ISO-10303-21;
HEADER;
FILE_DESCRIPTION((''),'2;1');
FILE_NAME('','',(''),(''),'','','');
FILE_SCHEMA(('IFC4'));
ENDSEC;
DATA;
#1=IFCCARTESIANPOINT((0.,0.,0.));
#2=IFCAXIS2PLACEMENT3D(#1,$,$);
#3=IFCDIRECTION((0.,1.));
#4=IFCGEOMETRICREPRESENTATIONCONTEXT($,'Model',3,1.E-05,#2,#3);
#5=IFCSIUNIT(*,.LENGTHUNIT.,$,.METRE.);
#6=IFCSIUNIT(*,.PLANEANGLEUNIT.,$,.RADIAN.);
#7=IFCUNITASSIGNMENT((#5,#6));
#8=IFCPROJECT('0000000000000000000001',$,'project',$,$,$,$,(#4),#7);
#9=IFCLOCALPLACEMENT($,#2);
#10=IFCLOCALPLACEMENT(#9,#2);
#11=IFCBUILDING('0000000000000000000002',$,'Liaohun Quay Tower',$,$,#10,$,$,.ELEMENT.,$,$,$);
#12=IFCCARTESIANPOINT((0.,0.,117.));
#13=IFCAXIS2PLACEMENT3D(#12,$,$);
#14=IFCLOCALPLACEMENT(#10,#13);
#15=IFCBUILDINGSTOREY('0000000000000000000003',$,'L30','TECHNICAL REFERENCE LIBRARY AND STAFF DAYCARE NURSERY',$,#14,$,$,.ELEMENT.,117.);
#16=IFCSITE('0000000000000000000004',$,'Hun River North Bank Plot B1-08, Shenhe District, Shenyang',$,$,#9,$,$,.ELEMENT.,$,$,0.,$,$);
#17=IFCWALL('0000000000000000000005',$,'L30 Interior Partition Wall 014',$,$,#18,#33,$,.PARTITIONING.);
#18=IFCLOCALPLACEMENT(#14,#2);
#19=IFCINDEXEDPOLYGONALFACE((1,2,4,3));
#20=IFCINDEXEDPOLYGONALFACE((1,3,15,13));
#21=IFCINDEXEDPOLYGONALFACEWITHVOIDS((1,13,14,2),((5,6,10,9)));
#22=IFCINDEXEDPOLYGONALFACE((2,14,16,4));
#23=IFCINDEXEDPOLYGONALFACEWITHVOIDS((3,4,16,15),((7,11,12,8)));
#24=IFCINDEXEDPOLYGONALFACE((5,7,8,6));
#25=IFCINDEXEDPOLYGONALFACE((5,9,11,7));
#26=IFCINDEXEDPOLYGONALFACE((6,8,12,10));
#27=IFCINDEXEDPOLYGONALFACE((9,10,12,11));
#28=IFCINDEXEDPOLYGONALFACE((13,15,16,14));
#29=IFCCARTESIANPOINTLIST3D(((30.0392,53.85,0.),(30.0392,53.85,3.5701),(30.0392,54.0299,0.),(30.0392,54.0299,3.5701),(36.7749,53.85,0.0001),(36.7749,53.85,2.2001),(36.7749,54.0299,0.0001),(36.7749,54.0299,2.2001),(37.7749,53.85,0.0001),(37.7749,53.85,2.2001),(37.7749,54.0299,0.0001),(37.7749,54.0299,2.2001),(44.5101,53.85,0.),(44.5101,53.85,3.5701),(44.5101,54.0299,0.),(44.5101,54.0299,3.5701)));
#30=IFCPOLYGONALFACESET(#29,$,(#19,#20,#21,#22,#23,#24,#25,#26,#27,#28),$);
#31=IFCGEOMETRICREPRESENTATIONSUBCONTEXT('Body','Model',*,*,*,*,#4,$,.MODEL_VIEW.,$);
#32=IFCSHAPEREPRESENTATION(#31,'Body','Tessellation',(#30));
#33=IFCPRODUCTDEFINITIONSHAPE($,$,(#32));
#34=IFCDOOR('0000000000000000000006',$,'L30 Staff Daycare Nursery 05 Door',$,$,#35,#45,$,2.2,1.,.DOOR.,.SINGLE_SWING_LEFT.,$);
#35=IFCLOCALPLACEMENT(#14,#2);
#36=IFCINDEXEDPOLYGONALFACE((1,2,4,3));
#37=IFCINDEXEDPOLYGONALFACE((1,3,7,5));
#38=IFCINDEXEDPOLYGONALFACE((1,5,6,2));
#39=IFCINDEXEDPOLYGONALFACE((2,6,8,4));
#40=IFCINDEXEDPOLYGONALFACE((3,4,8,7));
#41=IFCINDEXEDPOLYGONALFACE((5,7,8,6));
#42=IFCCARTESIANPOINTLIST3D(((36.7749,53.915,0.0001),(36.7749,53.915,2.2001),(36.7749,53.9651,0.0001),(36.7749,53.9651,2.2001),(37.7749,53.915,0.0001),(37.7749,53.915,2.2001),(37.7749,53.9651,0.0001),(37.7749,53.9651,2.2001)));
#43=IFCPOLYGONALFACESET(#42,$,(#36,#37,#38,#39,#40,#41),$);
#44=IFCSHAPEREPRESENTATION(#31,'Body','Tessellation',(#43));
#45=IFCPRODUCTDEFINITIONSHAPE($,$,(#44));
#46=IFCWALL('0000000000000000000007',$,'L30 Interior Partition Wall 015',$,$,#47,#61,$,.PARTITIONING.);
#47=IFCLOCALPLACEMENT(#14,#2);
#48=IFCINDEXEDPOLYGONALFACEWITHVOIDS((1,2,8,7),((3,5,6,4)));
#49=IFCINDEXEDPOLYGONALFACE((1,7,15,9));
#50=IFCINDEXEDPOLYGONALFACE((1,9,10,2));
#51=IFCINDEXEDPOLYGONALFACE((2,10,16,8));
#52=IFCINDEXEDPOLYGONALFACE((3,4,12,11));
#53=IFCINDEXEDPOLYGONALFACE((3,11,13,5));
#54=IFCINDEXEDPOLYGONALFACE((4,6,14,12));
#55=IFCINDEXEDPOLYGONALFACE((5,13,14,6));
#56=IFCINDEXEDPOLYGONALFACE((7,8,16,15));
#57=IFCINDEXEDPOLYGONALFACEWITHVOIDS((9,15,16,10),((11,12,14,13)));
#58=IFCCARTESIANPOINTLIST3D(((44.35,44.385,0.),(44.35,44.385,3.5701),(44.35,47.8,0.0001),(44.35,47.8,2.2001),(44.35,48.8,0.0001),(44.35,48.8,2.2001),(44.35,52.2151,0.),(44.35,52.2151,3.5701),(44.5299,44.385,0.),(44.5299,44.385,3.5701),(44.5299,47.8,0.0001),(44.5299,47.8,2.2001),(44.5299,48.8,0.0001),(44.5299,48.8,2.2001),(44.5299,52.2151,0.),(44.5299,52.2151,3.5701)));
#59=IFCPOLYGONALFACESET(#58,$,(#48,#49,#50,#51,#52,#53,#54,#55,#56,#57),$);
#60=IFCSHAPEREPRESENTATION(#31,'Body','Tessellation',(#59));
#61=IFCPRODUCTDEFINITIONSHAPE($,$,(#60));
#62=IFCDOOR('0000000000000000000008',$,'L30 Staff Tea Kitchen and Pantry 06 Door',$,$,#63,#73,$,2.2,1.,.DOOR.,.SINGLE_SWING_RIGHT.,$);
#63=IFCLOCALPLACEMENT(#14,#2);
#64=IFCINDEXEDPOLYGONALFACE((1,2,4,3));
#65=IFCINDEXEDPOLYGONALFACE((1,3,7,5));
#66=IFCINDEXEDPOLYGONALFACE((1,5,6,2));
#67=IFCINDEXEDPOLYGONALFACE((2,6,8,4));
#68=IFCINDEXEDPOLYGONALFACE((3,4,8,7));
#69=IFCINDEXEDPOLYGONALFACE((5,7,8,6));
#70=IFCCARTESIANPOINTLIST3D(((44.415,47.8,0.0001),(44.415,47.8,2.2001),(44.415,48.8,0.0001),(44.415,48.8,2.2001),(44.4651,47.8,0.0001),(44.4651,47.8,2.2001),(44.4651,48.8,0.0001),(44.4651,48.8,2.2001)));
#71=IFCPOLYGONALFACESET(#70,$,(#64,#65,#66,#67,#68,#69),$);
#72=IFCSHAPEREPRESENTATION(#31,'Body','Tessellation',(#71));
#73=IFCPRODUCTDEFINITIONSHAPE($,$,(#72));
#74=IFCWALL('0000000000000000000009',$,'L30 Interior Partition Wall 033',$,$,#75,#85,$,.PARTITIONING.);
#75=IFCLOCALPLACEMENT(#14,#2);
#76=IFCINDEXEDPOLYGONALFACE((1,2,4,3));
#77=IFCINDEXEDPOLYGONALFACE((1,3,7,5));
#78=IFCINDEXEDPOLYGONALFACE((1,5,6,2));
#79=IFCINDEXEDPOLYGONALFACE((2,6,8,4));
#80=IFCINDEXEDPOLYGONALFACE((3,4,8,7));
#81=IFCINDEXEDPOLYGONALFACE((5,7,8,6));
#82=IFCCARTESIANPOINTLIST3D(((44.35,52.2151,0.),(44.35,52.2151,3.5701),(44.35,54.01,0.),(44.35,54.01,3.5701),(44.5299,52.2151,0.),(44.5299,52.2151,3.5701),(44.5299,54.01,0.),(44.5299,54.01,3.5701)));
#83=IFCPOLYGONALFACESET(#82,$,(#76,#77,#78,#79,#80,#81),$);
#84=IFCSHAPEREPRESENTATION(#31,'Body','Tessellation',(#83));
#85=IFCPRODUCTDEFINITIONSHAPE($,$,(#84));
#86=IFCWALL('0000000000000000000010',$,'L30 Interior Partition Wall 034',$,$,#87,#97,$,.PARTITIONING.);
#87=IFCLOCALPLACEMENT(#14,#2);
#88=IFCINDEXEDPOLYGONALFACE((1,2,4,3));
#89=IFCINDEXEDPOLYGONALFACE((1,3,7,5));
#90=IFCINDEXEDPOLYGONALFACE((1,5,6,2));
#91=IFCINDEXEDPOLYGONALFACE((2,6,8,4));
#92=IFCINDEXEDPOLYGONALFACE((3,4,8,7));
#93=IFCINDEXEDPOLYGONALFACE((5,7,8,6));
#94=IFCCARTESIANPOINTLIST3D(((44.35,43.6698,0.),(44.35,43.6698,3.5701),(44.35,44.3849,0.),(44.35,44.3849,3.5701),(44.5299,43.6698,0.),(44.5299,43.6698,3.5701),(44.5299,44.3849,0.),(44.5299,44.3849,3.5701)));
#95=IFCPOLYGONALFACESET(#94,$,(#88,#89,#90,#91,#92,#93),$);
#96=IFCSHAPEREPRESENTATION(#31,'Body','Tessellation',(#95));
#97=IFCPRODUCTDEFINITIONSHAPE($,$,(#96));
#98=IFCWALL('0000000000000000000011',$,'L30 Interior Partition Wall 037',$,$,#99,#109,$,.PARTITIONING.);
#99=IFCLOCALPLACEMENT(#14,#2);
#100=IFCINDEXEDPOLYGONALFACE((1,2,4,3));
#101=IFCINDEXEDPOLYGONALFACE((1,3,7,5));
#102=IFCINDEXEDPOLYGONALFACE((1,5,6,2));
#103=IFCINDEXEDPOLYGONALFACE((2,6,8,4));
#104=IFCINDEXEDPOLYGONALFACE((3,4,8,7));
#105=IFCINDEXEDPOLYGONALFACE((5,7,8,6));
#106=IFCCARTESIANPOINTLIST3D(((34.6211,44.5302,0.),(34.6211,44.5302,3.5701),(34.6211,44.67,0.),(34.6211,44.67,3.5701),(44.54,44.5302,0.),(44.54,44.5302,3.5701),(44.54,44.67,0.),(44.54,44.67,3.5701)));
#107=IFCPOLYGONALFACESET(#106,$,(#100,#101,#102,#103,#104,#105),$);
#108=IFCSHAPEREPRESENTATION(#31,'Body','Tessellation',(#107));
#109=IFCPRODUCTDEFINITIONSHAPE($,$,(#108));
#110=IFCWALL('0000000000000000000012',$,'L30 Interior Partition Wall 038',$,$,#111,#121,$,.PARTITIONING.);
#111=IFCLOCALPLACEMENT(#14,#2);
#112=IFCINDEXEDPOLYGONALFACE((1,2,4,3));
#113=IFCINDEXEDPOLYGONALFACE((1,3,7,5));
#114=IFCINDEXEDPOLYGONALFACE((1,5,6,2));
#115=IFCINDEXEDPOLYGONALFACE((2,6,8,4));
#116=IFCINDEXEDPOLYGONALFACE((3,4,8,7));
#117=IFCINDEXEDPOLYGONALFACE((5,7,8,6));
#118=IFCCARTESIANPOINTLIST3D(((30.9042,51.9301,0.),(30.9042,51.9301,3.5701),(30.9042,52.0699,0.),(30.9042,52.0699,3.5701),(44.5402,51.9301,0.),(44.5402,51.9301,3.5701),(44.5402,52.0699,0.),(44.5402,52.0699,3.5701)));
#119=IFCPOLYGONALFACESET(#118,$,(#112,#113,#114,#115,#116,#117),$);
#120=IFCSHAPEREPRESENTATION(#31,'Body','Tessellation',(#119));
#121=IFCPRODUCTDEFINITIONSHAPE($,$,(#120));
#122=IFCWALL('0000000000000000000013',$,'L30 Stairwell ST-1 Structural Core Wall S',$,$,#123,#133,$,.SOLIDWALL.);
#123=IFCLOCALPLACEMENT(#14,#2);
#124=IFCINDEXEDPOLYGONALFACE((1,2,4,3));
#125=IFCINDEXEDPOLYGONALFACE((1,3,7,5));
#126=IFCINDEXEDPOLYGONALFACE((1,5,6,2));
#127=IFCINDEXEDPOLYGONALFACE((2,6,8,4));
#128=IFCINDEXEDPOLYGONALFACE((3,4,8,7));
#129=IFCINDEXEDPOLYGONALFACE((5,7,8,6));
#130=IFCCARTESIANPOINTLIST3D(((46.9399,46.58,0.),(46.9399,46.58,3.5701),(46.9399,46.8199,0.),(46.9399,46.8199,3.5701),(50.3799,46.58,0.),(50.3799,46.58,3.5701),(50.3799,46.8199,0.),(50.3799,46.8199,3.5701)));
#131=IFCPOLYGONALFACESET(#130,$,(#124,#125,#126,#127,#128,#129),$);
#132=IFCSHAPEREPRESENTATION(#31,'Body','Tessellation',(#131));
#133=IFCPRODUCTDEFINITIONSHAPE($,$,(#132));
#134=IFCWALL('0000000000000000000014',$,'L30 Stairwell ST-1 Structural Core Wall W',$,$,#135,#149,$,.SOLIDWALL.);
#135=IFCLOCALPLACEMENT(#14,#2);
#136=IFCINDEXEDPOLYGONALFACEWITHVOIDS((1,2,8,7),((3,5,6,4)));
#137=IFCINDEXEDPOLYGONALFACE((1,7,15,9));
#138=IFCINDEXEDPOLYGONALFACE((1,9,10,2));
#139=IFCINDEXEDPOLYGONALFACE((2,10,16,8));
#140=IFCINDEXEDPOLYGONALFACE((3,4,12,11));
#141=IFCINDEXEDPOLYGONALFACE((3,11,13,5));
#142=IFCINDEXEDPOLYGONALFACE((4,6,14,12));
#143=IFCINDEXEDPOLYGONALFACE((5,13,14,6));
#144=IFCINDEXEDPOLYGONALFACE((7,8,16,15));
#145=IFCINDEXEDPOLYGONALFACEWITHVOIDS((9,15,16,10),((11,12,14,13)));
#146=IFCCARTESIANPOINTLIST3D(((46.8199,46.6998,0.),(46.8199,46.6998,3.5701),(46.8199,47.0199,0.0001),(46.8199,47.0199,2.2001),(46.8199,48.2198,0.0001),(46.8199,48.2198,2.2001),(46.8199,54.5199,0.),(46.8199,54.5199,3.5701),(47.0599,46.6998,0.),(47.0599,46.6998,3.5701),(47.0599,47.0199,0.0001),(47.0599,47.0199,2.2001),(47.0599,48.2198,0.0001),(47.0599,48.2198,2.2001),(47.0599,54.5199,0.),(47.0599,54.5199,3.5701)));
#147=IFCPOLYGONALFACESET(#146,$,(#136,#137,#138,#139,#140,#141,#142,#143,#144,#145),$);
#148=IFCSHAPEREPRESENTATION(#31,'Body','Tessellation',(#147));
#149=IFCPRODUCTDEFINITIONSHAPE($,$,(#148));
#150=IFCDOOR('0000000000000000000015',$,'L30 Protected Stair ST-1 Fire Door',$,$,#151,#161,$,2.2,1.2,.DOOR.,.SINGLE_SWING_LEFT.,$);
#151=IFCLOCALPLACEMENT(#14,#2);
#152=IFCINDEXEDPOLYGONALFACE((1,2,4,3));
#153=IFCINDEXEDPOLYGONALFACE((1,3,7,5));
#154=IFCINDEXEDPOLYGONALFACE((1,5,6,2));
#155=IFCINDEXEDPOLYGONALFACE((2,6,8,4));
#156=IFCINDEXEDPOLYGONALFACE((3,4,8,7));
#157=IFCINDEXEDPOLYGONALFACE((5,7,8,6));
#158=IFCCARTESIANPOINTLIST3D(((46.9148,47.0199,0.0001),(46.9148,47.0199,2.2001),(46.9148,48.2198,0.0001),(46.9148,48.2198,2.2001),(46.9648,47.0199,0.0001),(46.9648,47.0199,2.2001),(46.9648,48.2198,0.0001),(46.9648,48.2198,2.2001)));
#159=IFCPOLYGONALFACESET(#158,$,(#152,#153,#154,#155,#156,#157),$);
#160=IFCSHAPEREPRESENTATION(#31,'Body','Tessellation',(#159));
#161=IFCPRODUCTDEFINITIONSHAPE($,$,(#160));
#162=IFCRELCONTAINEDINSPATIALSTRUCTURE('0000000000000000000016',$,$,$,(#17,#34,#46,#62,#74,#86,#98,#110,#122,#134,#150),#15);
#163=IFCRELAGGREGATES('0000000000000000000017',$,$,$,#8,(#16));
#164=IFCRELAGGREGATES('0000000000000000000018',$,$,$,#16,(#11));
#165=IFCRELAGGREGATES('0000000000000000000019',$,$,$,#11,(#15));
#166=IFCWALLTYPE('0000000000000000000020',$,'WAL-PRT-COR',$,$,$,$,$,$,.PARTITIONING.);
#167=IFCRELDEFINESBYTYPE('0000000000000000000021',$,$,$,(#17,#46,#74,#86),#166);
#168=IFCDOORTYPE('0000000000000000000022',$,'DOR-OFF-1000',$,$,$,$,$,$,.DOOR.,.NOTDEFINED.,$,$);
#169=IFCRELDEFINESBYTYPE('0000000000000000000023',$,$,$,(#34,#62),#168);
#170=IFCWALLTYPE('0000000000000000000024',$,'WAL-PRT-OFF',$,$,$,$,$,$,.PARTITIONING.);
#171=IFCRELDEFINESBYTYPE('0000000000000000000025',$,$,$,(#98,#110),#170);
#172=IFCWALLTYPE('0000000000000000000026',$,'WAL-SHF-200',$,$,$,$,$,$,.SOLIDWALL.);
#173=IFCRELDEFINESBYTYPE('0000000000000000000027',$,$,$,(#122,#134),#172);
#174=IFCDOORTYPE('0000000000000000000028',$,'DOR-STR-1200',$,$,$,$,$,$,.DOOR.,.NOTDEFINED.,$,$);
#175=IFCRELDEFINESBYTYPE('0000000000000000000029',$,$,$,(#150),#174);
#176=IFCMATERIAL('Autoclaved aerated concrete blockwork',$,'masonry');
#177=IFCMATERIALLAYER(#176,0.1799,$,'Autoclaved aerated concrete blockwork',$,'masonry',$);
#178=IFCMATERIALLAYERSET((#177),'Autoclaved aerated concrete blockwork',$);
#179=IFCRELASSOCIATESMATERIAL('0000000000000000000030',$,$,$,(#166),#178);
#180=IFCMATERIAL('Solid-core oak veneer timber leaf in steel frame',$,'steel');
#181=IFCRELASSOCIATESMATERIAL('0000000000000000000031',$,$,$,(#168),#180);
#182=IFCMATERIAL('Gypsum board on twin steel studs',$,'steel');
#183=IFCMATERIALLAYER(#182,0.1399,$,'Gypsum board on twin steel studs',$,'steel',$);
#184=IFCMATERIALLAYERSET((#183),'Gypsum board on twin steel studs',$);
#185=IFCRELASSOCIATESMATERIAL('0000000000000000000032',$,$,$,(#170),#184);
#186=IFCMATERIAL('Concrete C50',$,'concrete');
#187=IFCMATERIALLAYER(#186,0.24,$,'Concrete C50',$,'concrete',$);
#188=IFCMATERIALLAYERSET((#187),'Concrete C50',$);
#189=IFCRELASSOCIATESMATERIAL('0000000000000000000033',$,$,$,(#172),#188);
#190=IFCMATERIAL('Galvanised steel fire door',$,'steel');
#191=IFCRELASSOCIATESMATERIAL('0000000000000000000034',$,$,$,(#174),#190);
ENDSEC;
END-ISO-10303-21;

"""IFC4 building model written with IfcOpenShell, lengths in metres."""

from ifc_helpers import new_model, si_unit, direction, frame, frame_2d, origin, place, context, subcontext, project, spatial, rectangle, extrude, source, transform, mapped, material, layer, layer_set, type_object, element, fill, save


model = new_model("IFC4")

# Units and contexts
model_context = context("Model", 3, precision=1e-05, world=origin(), true_north=direction((0.0, 1.0)))
body_context = subcontext(model_context, "Body", "Model", "MODEL_VIEW")
ifc_project = project(units=[si_unit("LENGTHUNIT", "METRE"), si_unit("PLANEANGLEUNIT", "RADIAN")], contexts=[model_context])

# Site, building, storey
site_placement = place(None, origin())
site = spatial("IfcSite", under=ifc_project, at=site_placement, Name="Hun River North Bank Plot B1-08, Shenhe District, Shenyang", CompositionType="ELEMENT", RefElevation=0.0)
building_placement = place(site_placement, origin())
building = spatial("IfcBuilding", under=site, at=building_placement, Name="Liaohun Quay Tower", CompositionType="ELEMENT")
storey_placement = place(building_placement, frame((0.0, 0.0, 117.0)))
storey = spatial("IfcBuildingStorey", under=building, at=storey_placement, Name="L30", Description="TECHNICAL REFERENCE LIBRARY AND STAFF DAYCARE NURSERY", CompositionType="ELEMENT", Elevation=117.0)

# Walls, openings, doors
ifc_material_1 = material(Name="Autoclaved aerated concrete blockwork", Category="masonry")
ifc_layer_1 = layer(ifc_material_1, 0.1799, Name="Autoclaved aerated concrete blockwork", Category="masonry")
ifc_layer_set_1 = layer_set([ifc_layer_1], Name="Autoclaved aerated concrete blockwork")
wall_type_1 = type_object("IfcWallType", Name="WAL-PRT-COR", PredefinedType="PARTITIONING", material=ifc_layer_set_1)
wall_1_placement = place(storey_placement, frame((44.51, 53.9399, 0.0), z_axis=(0.0, 0.0, 1.0), x_axis=(-1.0, 0.0, 0.0)))
wall_1 = element("IfcWall", 1, at=wall_1_placement, inside=storey, type_object=wall_type_1, Name="L30 Interior Partition Wall 014", PredefinedType="PARTITIONING", context=body_context, shape_type="SweptSolid", body=[
    extrude(rectangle(XDim=14.4709, YDim=0.1799, at=frame_2d((7.2354, 0.0))), origin(), (0.0, 0.0, 1.0), 3.5701),
])
shared_shape_1 = source(origin(), body_context, "Body", "SweptSolid", [
    extrude(rectangle(XDim=1.0, YDim=2.2, at=frame_2d((0.5, 1.1001))), frame((0.0, 0.0999, 0.0), z_axis=(0.0, -1.0, 0.0), x_axis=(1.0, 0.0, 0.0)), (0.0, 0.0, 1.0), 0.2),
])
opening_1_placement = place(wall_1_placement, frame((6.7351, 0.0, 0.0)))
opening_1 = element("IfcOpeningElement", 2, at=opening_1_placement, cuts=wall_1, PredefinedType="OPENING", context=body_context, shape_type="MappedRepresentation", body=[
    mapped(shared_shape_1, transform((0.0, 0.0, 0.0), x_axis=(1.0, 0.0, 0.0), y_axis=(0.0, 1.0, 0.0), z_axis=(0.0, 0.0, 1.0), scale=1.0)),
])
ifc_material_2 = material(Name="Solid-core oak veneer timber leaf in steel frame", Category="steel")
door_type_1 = type_object("IfcDoorType", Name="DOR-OFF-1000", OperationType="NOTDEFINED", PredefinedType="DOOR", material=ifc_material_2)
shared_shape_2 = source(origin(), body_context, "Body", "SweptSolid", [
    extrude(rectangle(XDim=1.0, YDim=2.2, at=frame_2d((0.5, 1.1001))), frame((0.0, 0.0249, 0.0), z_axis=(0.0, -1.0, 0.0), x_axis=(1.0, 0.0, 0.0)), (0.0, 0.0, 1.0), 0.05),
])
door_1_placement = place(opening_1_placement, origin())
door_1 = element("IfcDoor", 3, at=door_1_placement, inside=storey, type_object=door_type_1, Name="L30 Staff Daycare Nursery 05 Door", OperationType="SINGLE_SWING_LEFT", OverallHeight=2.2, OverallWidth=1.0, PredefinedType="DOOR", context=body_context, shape_type="MappedRepresentation", body=[
    mapped(shared_shape_2, transform((0.0, 0.0, 0.0), x_axis=(1.0, 0.0, 0.0), y_axis=(0.0, 1.0, 0.0), z_axis=(0.0, 0.0, 1.0), scale=1.0)),
])
fill(opening_1, door_1)
wall_2_placement = place(storey_placement, frame((44.4399, 44.385, 0.0), z_axis=(0.0, 0.0, 1.0), x_axis=(0.0, 1.0, 0.0)))
wall_2 = element("IfcWall", 4, at=wall_2_placement, inside=storey, type_object=wall_type_1, Name="L30 Interior Partition Wall 015", PredefinedType="PARTITIONING", context=body_context, shape_type="SweptSolid", body=[
    extrude(rectangle(XDim=7.8301, YDim=0.1799, at=frame_2d((3.915, 0.0))), origin(), (0.0, 0.0, 1.0), 3.5701),
])
opening_2_placement = place(wall_2_placement, frame((3.415, 0.0, 0.0)))
opening_2 = element("IfcOpeningElement", 5, at=opening_2_placement, cuts=wall_2, PredefinedType="OPENING", context=body_context, shape_type="MappedRepresentation", body=[
    mapped(shared_shape_1, transform((0.0, 0.0, 0.0), x_axis=(1.0, 0.0, 0.0), y_axis=(0.0, 1.0, 0.0), z_axis=(0.0, 0.0, 1.0), scale=1.0)),
])
door_2_placement = place(opening_2_placement, origin())
door_2 = element("IfcDoor", 6, at=door_2_placement, inside=storey, type_object=door_type_1, Name="L30 Staff Tea Kitchen and Pantry 06 Door", OperationType="SINGLE_SWING_RIGHT", OverallHeight=2.2, OverallWidth=1.0, PredefinedType="DOOR", context=body_context, shape_type="MappedRepresentation", body=[
    mapped(shared_shape_2, transform((0.0, 0.0, 0.0), x_axis=(1.0, 0.0, 0.0), y_axis=(0.0, 1.0, 0.0), z_axis=(0.0, 0.0, 1.0), scale=1.0)),
])
fill(opening_2, door_2)

# Walls
wall_3_placement = place(storey_placement, frame((44.4399, 52.2151, 0.0), z_axis=(0.0, 0.0, 1.0), x_axis=(0.0, 1.0, 0.0)))
element("IfcWall", 7, at=wall_3_placement, inside=storey, type_object=wall_type_1, Name="L30 Interior Partition Wall 033", PredefinedType="PARTITIONING", context=body_context, shape_type="SweptSolid", body=[
    extrude(rectangle(XDim=1.7949, YDim=0.1799, at=frame_2d((0.8975, 0.0))), origin(), (0.0, 0.0, 1.0), 3.5701),
])
wall_4_placement = place(storey_placement, frame((44.4399, 43.6699, 0.0), z_axis=(0.0, 0.0, 1.0), x_axis=(0.0, 1.0, 0.0)))
element("IfcWall", 8, at=wall_4_placement, inside=storey, type_object=wall_type_1, Name="L30 Interior Partition Wall 034", PredefinedType="PARTITIONING", context=body_context, shape_type="SweptSolid", body=[
    extrude(rectangle(XDim=0.7151, YDim=0.1799, at=frame_2d((0.3574, 0.0))), origin(), (0.0, 0.0, 1.0), 3.5701),
])
ifc_material_3 = material(Name="Gypsum board on twin steel studs", Category="steel")
ifc_layer_2 = layer(ifc_material_3, 0.1399, Name="Gypsum board on twin steel studs", Category="steel")
ifc_layer_set_2 = layer_set([ifc_layer_2], Name="Gypsum board on twin steel studs")
wall_type_2 = type_object("IfcWallType", Name="WAL-PRT-OFF", PredefinedType="PARTITIONING", material=ifc_layer_set_2)
wall_5_placement = place(storey_placement, frame((44.54, 44.6001, 0.0), z_axis=(0.0, 0.0, 1.0), x_axis=(-1.0, 0.0, 0.0)))
element("IfcWall", 9, at=wall_5_placement, inside=storey, type_object=wall_type_2, Name="L30 Interior Partition Wall 037", PredefinedType="PARTITIONING", context=body_context, shape_type="SweptSolid", body=[
    extrude(rectangle(XDim=9.9189, YDim=0.1399, at=frame_2d((4.9595, 0.0))), origin(), (0.0, 0.0, 1.0), 3.5701),
])
wall_6_placement = place(storey_placement, frame((44.54, 52.0, 0.0), z_axis=(0.0, 0.0, 1.0), x_axis=(-1.0, 0.0, 0.0)))
element("IfcWall", 10, at=wall_6_placement, inside=storey, type_object=wall_type_2, Name="L30 Interior Partition Wall 038", PredefinedType="PARTITIONING", context=body_context, shape_type="SweptSolid", body=[
    extrude(rectangle(XDim=13.636, YDim=0.1399, at=frame_2d((6.8179, 0.0))), origin(), (0.0, 0.0, 1.0), 3.5701),
])
ifc_material_4 = material(Name="Concrete C50", Category="concrete")
ifc_layer_3 = layer(ifc_material_4, 0.24, Name="Concrete C50", Category="concrete")
ifc_layer_set_3 = layer_set([ifc_layer_3], Name="Concrete C50")
wall_type_3 = type_object("IfcWallType", Name="WAL-SHF-200", PredefinedType="SOLIDWALL", material=ifc_layer_set_3)
wall_7_placement = place(storey_placement, frame((46.9399, 46.7, 0.0), z_axis=(0.0, 0.0, 1.0), x_axis=(1.0, 0.0, 0.0)))
element("IfcWall", 11, at=wall_7_placement, inside=storey, type_object=wall_type_3, Name="L30 Stairwell ST-1 Structural Core Wall S", PredefinedType="SOLIDWALL", context=body_context, shape_type="SweptSolid", body=[
    extrude(rectangle(XDim=3.4399, YDim=0.24, at=frame_2d((1.72, 0.0))), origin(), (0.0, 0.0, 1.0), 3.5701),
])

# Wall, opening, door
wall_8_placement = place(storey_placement, frame((46.9399, 54.52, 0.0), z_axis=(0.0, 0.0, 1.0), x_axis=(0.0, -1.0, 0.0)))
wall_8 = element("IfcWall", 12, at=wall_8_placement, inside=storey, type_object=wall_type_3, Name="L30 Stairwell ST-1 Structural Core Wall W", PredefinedType="SOLIDWALL", context=body_context, shape_type="SweptSolid", body=[
    extrude(rectangle(XDim=7.8201, YDim=0.24, at=frame_2d((3.9102, 0.0))), origin(), (0.0, 0.0, 1.0), 3.5701),
])
shared_shape_3 = source(origin(), body_context, "Body", "SweptSolid", [
    extrude(rectangle(XDim=1.2, YDim=2.2, at=frame_2d((0.6001, 1.1001))), frame((0.0, 0.1299, 0.0), z_axis=(0.0, -1.0, 0.0), x_axis=(1.0, 0.0, 0.0)), (0.0, 0.0, 1.0), 0.26),
])
opening_3_placement = place(wall_8_placement, frame((6.3, 0.0, 0.0)))
opening_3 = element("IfcOpeningElement", 13, at=opening_3_placement, cuts=wall_8, PredefinedType="OPENING", context=body_context, shape_type="MappedRepresentation", body=[
    mapped(shared_shape_3, transform((0.0, 0.0, 0.0), x_axis=(1.0, 0.0, 0.0), y_axis=(0.0, 1.0, 0.0), z_axis=(0.0, 0.0, 1.0), scale=1.0)),
])
ifc_material_5 = material(Name="Galvanised steel fire door", Category="steel")
door_type_2 = type_object("IfcDoorType", Name="DOR-STR-1200", OperationType="NOTDEFINED", PredefinedType="DOOR", material=ifc_material_5)
shared_shape_4 = source(origin(), body_context, "Body", "SweptSolid", [
    extrude(rectangle(XDim=1.2, YDim=2.2, at=frame_2d((0.6001, 1.1001))), frame((0.0, 0.0249, 0.0), z_axis=(0.0, -1.0, 0.0), x_axis=(1.0, 0.0, 0.0)), (0.0, 0.0, 1.0), 0.05),
])
door_3_placement = place(opening_3_placement, origin())
door_3 = element("IfcDoor", 14, at=door_3_placement, inside=storey, type_object=door_type_2, Name="L30 Protected Stair ST-1 Fire Door", OperationType="SINGLE_SWING_LEFT", OverallHeight=2.2, OverallWidth=1.2, PredefinedType="DOOR", context=body_context, shape_type="MappedRepresentation", body=[
    mapped(shared_shape_4, transform((0.0, 0.0, 0.0), x_axis=(1.0, 0.0, 0.0), y_axis=(0.0, 1.0, 0.0), z_axis=(0.0, 0.0, 1.0), scale=1.0)),
])
fill(opening_3, door_3)

save(model, "model.ifc")
